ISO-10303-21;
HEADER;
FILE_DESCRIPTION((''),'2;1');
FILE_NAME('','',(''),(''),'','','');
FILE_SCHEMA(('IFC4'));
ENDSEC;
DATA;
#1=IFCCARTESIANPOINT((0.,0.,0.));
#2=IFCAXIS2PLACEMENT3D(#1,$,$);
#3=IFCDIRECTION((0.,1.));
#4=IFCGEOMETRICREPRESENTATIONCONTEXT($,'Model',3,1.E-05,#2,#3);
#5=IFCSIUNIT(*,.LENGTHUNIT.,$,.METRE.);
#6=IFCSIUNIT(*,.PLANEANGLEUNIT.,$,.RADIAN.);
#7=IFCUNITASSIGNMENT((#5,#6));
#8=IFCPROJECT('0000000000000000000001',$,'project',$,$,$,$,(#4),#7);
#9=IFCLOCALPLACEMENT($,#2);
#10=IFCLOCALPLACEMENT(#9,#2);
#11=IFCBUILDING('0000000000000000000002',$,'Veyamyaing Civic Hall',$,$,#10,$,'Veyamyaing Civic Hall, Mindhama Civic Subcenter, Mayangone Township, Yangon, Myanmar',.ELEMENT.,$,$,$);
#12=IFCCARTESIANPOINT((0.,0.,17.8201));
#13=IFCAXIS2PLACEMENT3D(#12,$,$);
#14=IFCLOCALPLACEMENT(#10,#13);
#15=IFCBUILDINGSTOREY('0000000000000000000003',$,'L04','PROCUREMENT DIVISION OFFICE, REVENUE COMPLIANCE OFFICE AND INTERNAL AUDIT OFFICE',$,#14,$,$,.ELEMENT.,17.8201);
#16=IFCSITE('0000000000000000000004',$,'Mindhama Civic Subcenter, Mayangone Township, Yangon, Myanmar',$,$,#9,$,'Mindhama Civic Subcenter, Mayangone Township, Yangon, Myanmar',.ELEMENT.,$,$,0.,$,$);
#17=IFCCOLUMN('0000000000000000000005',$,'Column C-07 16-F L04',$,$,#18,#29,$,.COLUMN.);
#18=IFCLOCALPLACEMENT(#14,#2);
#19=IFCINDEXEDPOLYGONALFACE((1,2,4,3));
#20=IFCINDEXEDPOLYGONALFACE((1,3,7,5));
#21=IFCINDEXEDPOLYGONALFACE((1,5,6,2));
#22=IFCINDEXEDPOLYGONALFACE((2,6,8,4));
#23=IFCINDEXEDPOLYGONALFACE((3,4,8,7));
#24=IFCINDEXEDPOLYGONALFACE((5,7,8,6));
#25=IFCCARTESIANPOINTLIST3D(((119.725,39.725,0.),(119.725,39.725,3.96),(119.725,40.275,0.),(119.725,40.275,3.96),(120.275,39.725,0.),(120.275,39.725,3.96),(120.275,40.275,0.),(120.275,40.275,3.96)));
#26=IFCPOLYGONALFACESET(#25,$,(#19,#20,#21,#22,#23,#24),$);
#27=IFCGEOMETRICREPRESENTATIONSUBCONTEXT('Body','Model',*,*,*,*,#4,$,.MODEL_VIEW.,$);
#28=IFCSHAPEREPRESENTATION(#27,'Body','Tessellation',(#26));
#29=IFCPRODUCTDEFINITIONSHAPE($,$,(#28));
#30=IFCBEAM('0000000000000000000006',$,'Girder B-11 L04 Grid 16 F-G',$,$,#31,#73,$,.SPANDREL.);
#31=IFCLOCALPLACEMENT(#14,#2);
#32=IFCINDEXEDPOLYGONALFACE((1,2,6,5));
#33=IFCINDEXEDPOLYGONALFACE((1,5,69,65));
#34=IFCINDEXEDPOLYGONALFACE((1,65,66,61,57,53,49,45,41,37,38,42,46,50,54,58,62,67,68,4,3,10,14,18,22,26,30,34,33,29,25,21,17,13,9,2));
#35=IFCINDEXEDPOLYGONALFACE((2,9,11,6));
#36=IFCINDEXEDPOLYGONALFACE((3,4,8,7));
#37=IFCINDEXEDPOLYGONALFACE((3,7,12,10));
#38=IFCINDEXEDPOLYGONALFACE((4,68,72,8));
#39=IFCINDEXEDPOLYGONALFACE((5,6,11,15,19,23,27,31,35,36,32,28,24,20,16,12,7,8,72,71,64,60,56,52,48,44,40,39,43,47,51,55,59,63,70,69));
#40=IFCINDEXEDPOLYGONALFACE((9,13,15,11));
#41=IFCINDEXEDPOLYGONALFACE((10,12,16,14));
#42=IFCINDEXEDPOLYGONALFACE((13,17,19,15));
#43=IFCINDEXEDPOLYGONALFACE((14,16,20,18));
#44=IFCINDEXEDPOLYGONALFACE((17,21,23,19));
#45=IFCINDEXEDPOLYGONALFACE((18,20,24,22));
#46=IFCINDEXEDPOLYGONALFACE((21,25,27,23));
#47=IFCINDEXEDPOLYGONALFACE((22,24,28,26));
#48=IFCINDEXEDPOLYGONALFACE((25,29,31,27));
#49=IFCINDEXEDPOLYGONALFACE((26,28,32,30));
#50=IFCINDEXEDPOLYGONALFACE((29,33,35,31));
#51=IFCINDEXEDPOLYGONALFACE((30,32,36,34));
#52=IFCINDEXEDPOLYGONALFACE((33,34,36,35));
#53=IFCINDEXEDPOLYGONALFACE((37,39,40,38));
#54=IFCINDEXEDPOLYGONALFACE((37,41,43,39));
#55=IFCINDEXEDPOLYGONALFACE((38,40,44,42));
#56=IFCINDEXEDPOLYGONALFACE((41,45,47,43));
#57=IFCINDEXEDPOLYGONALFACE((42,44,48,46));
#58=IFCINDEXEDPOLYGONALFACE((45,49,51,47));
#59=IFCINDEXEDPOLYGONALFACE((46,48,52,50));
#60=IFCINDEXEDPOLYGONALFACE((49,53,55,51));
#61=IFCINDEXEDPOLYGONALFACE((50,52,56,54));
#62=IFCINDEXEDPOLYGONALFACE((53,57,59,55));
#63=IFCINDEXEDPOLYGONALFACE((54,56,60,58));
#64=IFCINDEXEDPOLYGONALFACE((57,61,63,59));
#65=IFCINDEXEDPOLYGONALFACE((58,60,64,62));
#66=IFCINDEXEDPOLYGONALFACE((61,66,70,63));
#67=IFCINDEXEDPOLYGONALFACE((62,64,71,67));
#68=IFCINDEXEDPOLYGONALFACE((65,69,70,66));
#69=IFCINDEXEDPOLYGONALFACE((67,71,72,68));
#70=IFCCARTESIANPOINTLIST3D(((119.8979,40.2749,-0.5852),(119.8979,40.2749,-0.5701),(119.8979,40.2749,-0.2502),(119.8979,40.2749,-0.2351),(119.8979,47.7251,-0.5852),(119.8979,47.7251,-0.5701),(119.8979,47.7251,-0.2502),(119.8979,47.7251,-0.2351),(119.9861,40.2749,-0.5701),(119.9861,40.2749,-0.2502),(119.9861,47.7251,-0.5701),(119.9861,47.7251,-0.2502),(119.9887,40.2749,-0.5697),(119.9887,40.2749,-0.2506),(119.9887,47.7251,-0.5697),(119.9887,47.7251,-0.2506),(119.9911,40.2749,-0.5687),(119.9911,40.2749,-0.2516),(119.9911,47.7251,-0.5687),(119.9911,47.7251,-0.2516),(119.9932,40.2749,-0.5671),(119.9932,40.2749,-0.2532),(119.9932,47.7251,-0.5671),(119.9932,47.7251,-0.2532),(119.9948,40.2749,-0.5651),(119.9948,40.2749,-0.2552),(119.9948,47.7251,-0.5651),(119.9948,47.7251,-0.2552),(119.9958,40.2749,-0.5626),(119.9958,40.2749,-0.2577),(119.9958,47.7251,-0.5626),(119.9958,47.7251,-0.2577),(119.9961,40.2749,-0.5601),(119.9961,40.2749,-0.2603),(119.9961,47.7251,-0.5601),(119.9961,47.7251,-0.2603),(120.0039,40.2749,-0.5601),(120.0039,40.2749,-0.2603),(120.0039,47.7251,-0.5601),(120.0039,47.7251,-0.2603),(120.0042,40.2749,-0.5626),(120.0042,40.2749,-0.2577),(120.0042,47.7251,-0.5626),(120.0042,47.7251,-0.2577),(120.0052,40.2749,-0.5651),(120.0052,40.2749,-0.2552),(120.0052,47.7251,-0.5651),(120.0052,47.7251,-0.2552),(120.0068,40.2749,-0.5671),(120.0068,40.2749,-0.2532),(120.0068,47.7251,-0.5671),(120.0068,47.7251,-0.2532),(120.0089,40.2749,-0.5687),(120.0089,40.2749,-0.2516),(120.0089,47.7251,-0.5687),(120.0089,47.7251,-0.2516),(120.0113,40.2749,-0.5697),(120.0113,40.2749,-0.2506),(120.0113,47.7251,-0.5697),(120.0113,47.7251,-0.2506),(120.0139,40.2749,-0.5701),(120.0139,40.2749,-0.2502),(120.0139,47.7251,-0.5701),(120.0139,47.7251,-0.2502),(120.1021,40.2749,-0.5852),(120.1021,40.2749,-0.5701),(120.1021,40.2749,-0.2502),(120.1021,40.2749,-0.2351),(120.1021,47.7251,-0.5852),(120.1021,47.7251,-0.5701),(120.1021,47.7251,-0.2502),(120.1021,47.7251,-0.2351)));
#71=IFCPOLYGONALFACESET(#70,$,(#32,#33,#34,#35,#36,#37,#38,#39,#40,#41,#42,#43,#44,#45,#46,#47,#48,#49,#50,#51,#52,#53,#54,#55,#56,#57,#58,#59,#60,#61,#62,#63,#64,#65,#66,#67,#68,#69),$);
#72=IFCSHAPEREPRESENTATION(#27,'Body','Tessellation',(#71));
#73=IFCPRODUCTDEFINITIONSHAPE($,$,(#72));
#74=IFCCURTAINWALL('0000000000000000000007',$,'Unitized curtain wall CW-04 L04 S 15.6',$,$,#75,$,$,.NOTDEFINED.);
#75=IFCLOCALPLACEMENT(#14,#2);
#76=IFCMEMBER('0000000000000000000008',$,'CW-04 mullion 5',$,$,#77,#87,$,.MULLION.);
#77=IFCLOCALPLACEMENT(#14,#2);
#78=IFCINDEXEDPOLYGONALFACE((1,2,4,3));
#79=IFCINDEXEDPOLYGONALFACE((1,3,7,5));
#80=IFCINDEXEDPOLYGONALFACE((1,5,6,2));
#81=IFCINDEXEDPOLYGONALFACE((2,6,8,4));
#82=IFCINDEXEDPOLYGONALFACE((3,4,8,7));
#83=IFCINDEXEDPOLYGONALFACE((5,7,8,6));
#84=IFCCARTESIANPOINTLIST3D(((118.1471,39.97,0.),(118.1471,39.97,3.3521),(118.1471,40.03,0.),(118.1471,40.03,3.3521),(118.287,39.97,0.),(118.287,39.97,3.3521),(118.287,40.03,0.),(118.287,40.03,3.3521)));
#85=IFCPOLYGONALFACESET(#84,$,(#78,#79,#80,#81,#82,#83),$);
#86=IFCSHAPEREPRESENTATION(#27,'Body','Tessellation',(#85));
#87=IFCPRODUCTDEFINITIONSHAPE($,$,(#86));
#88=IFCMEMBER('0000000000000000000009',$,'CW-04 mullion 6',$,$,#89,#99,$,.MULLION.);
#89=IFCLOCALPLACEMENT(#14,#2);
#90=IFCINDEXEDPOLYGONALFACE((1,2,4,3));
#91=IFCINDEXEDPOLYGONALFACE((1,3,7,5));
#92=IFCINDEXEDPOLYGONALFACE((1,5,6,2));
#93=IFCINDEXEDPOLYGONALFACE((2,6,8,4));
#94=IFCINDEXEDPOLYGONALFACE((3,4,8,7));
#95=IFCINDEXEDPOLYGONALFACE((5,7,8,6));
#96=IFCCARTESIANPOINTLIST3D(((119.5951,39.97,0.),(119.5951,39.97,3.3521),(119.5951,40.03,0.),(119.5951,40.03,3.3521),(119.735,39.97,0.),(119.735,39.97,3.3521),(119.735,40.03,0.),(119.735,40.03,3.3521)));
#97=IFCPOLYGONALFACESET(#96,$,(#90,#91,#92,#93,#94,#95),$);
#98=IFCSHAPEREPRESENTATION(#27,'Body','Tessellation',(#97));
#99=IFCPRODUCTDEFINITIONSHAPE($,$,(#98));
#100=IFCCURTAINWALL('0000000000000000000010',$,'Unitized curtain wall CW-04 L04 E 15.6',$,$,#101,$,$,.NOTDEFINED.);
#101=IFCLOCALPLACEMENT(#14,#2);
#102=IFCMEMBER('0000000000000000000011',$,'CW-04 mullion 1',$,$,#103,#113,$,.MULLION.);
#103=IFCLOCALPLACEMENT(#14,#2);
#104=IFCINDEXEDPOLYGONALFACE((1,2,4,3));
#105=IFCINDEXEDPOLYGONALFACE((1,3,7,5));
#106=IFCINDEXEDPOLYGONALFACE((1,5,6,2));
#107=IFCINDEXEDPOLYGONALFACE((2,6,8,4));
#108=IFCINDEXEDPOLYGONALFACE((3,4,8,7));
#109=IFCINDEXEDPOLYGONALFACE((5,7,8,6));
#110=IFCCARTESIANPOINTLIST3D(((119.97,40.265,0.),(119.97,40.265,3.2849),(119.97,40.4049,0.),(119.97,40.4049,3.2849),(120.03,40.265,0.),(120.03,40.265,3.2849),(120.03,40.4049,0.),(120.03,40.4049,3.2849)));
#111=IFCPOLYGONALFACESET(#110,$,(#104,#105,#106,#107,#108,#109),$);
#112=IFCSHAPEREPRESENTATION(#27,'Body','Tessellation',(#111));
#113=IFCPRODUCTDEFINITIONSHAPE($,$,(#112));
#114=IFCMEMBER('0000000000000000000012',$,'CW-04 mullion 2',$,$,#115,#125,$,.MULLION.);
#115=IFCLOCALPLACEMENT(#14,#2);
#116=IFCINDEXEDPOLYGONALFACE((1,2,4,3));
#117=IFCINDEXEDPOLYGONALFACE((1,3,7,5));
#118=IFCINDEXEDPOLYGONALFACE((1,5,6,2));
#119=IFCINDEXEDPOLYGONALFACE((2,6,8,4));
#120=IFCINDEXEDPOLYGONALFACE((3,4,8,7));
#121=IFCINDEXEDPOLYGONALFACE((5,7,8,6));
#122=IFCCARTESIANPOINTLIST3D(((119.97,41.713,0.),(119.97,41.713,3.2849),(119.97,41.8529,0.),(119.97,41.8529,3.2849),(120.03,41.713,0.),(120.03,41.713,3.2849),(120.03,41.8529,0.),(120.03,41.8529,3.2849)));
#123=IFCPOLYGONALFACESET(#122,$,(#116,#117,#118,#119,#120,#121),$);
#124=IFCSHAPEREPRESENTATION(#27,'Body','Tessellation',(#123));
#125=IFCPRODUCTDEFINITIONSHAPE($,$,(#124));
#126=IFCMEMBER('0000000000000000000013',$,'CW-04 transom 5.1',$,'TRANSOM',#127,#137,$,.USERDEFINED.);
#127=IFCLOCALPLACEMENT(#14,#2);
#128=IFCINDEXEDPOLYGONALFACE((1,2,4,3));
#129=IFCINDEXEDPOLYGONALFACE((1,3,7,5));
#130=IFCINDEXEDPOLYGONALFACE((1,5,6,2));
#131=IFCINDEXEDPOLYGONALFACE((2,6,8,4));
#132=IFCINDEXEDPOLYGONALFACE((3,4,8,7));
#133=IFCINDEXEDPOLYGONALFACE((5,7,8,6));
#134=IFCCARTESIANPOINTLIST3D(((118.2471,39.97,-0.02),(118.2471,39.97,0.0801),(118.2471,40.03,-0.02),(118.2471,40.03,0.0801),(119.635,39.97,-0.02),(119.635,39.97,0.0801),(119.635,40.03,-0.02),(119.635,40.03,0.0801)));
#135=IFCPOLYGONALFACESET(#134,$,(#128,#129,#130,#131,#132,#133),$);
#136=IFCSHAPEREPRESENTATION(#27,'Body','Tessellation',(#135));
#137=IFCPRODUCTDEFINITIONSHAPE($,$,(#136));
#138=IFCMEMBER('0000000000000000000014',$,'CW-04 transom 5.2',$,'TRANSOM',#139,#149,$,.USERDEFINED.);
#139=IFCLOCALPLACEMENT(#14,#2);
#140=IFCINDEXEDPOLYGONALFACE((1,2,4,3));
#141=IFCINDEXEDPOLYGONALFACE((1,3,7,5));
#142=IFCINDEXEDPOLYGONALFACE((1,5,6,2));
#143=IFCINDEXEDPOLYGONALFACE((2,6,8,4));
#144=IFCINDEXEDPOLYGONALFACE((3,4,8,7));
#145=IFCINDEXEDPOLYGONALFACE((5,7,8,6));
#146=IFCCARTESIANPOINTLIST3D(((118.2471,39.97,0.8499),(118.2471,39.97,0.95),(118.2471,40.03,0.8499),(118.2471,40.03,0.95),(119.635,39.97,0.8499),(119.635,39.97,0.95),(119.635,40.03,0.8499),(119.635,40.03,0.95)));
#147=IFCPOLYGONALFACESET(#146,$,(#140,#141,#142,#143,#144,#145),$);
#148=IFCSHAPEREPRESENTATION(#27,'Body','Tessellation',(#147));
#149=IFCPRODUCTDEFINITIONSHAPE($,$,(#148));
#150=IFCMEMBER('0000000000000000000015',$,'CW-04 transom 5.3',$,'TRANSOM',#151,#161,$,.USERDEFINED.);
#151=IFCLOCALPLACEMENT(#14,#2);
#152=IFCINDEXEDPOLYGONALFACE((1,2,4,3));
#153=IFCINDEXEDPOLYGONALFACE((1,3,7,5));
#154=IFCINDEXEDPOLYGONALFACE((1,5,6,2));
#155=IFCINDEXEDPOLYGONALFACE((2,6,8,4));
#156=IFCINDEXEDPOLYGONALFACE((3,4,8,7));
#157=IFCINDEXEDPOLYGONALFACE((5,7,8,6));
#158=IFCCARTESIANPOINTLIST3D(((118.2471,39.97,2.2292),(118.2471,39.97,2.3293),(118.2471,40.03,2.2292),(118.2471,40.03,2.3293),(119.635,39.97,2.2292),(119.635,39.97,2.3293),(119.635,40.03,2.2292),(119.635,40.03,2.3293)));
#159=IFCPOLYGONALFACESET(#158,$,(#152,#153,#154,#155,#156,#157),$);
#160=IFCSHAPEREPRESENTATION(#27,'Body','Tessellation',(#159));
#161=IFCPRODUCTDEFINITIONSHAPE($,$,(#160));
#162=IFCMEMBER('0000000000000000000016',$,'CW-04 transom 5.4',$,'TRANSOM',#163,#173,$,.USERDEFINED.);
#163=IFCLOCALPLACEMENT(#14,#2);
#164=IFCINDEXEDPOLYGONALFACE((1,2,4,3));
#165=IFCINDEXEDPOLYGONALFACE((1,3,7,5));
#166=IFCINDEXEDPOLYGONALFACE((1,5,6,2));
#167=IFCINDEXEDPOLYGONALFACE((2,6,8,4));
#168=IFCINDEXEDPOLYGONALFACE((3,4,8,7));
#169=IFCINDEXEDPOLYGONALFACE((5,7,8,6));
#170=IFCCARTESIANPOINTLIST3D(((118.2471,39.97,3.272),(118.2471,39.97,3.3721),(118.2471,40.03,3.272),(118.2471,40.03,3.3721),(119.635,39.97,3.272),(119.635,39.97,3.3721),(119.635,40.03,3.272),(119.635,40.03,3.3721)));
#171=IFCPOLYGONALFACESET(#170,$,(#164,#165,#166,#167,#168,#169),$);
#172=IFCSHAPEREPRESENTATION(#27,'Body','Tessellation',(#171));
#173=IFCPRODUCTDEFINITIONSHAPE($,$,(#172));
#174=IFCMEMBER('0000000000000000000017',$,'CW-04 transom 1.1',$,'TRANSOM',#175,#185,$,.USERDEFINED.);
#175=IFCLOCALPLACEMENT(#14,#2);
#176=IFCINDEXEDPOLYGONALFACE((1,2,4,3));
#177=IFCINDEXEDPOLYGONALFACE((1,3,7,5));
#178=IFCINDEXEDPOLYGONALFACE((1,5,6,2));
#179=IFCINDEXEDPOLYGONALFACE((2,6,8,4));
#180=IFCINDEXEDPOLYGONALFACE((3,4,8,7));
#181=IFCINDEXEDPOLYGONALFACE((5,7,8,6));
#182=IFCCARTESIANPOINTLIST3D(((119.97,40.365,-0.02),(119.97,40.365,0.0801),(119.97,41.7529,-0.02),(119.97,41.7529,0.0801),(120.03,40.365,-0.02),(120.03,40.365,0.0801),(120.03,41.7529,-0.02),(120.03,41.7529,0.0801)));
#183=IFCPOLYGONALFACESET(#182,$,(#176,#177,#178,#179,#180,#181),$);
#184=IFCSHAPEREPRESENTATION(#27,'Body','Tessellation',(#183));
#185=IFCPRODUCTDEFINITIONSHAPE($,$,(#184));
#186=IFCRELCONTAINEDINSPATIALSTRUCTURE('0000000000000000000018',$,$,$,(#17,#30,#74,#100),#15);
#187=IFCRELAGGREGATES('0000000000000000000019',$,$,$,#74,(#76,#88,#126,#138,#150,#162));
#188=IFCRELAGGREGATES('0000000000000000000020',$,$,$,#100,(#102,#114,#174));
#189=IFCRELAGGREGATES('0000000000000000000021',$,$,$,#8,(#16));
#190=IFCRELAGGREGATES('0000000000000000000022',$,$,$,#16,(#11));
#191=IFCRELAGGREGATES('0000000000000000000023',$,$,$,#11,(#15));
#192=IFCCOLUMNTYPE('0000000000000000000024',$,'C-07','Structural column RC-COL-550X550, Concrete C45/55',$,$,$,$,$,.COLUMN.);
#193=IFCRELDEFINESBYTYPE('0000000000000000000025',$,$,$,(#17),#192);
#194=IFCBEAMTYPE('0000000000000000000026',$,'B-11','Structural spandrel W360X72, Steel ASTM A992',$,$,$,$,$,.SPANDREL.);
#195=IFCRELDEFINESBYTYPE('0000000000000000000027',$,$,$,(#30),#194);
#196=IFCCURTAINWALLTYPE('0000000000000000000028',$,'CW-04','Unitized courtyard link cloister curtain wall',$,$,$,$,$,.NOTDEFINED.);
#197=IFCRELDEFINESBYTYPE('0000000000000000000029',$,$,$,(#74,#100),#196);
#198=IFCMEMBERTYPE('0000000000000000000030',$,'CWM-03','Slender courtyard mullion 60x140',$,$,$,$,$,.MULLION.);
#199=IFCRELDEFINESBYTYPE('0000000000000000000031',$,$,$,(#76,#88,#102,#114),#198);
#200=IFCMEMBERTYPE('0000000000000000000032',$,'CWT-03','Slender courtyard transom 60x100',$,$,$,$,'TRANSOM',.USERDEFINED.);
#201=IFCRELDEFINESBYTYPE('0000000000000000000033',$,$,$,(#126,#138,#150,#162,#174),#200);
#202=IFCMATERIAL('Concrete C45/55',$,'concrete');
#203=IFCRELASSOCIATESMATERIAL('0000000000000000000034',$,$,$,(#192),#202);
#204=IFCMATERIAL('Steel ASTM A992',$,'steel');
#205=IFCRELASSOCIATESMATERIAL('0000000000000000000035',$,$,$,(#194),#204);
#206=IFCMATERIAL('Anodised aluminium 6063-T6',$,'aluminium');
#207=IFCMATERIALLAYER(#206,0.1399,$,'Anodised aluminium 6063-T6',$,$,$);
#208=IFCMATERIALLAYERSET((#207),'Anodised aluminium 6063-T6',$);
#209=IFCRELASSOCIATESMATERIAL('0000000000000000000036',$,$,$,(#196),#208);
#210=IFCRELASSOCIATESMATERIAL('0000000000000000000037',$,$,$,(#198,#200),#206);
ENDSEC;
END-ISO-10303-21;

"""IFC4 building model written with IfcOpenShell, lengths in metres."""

from ifc_helpers import new_model, si_unit, direction, frame, origin, origin_2d, place, context, subcontext, project, spatial, rectangle, i_section, extrude, material, layer, layer_set, material_profile, profile_set, type_object, element, aggregate, save


model = new_model("IFC4")

# Units and contexts
model_context = context("Model", 3, precision=1e-05, world=origin(), true_north=direction((0.0, 1.0)))
body_context = subcontext(model_context, "Body", "Model", "MODEL_VIEW")
ifc_project = project(units=[si_unit("LENGTHUNIT", "METRE"), si_unit("PLANEANGLEUNIT", "RADIAN")], contexts=[model_context])

# Site, building, storey
site_placement = place(None, origin())
site = spatial("IfcSite", under=ifc_project, at=site_placement, Name="Mindhama Civic Subcenter, Mayangone Township, Yangon, Myanmar", LongName="Mindhama Civic Subcenter, Mayangone Township, Yangon, Myanmar", CompositionType="ELEMENT", RefElevation=0.0)
building_placement = place(site_placement, origin())
building = spatial("IfcBuilding", under=site, at=building_placement, Name="Veyamyaing Civic Hall", LongName="Veyamyaing Civic Hall, Mindhama Civic Subcenter, Mayangone Township, Yangon, Myanmar", CompositionType="ELEMENT")
storey_placement = place(building_placement, frame((0.0, 0.0, 17.8201)))
storey = spatial("IfcBuildingStorey", under=building, at=storey_placement, Name="L04", Description="PROCUREMENT DIVISION OFFICE, REVENUE COMPLIANCE OFFICE AND INTERNAL AUDIT OFFICE", CompositionType="ELEMENT", Elevation=17.8201)

# Column
ifc_material_1 = material(Name="Concrete C45/55", Category="concrete")
ifc_material_profile_1 = material_profile(ifc_material_1, rectangle(XDim=0.55, YDim=0.55, at=origin_2d()), Name="RC-COL-550X550")
ifc_profile_set_1 = profile_set([ifc_material_profile_1], Name="Concrete C45/55")
column_type = type_object("IfcColumnType", Name="C-07", Description="Structural column RC-COL-550X550, Concrete C45/55", PredefinedType="COLUMN", material=ifc_profile_set_1)
column_placement = place(storey_placement, frame((120.0, 40.0, 0.0), z_axis=(0.0, 0.0, 1.0), x_axis=(1.0, 0.0, 0.0)))
element("IfcColumn", 1, at=column_placement, inside=storey, type_object=column_type, Name="Column C-07 16-F L04", PredefinedType="COLUMN", context=body_context, shape_type="SweptSolid", body=[
    extrude(rectangle(XDim=0.55, YDim=0.55, at=origin_2d()), origin(), (0.0, 0.0, 1.0), 3.96),
])

# Beam
ifc_material_2 = material(Name="Steel ASTM A992", Category="steel")
ifc_material_profile_2 = material_profile(ifc_material_2, i_section(OverallWidth=0.2041, OverallDepth=0.3501, WebThickness=0.0078, FlangeThickness=0.0151, FilletRadius=0.01, at=origin_2d()), Name="W360X72")
ifc_profile_set_2 = profile_set([ifc_material_profile_2], Name="Steel ASTM A992")
beam_type = type_object("IfcBeamType", Name="B-11", Description="Structural spandrel W360X72, Steel ASTM A992", PredefinedType="SPANDREL", material=ifc_profile_set_2)
beam_placement = place(storey_placement, frame((120.0, 40.2749, -0.4102), z_axis=(0.0, 1.0, 0.0), x_axis=(-1.0, 0.0, 0.0)))
element("IfcBeam", 2, at=beam_placement, inside=storey, type_object=beam_type, Name="Girder B-11 L04 Grid 16 F-G", PredefinedType="SPANDREL", context=body_context, shape_type="SweptSolid", body=[
    extrude(i_section(OverallWidth=0.2041, OverallDepth=0.3501, WebThickness=0.0078, FlangeThickness=0.0151, FilletRadius=0.01, at=origin_2d()), origin(), (0.0, 0.0, 1.0), 7.4502),
])

# Curtain walls, members
ifc_material_3 = material(Name="Anodised aluminium 6063-T6", Category="aluminium")
ifc_layer_1 = layer(ifc_material_3, 0.1399, Name="Anodised aluminium 6063-T6")
ifc_layer_set_1 = layer_set([ifc_layer_1], Name="Anodised aluminium 6063-T6")
curtain_wall_type = type_object("IfcCurtainWallType", Name="CW-04", Description="Unitized courtyard link cloister curtain wall", PredefinedType="NOTDEFINED", material=ifc_layer_set_1)
curtain_wall_1_placement = place(storey_placement, origin())
curtain_wall_1 = element("IfcCurtainWall", 3, at=curtain_wall_1_placement, inside=storey, type_object=curtain_wall_type, Name="Unitized curtain wall CW-04 L04 S 15.6", PredefinedType="NOTDEFINED")
ifc_material_profile_3 = material_profile(ifc_material_3, rectangle(XDim=0.0601, YDim=0.1399, at=origin_2d()), Name="ALU-MUL-60X140")
ifc_profile_set_3 = profile_set([ifc_material_profile_3], Name="Anodised aluminium 6063-T6")
member_type_1 = type_object("IfcMemberType", Name="CWM-03", Description="Slender courtyard mullion 60x140", PredefinedType="MULLION", material=ifc_profile_set_3)
member_1_placement = place(storey_placement, frame((118.217, 40.0, 0.0), z_axis=(0.0, 0.0, 1.0), x_axis=(0.0, 1.0, 0.0)))
member_1 = element("IfcMember", 4, at=member_1_placement, type_object=member_type_1, Name="CW-04 mullion 5", PredefinedType="MULLION", context=body_context, shape_type="SweptSolid", body=[
    extrude(rectangle(XDim=0.0601, YDim=0.1399, at=origin_2d()), origin(), (0.0, 0.0, 1.0), 3.3521),
])
member_2_placement = place(storey_placement, frame((119.665, 40.0, 0.0), z_axis=(0.0, 0.0, 1.0), x_axis=(0.0, 1.0, 0.0)))
member_2 = element("IfcMember", 5, at=member_2_placement, type_object=member_type_1, Name="CW-04 mullion 6", PredefinedType="MULLION", context=body_context, shape_type="SweptSolid", body=[
    extrude(rectangle(XDim=0.0601, YDim=0.1399, at=origin_2d()), origin(), (0.0, 0.0, 1.0), 3.3521),
])
curtain_wall_2_placement = place(storey_placement, origin())
curtain_wall_2 = element("IfcCurtainWall", 6, at=curtain_wall_2_placement, inside=storey, type_object=curtain_wall_type, Name="Unitized curtain wall CW-04 L04 E 15.6", PredefinedType="NOTDEFINED")
member_3_placement = place(storey_placement, frame((120.0, 40.335, 0.0), z_axis=(0.0, 0.0, 1.0), x_axis=(-1.0, 0.0, 0.0)))
member_3 = element("IfcMember", 7, at=member_3_placement, type_object=member_type_1, Name="CW-04 mullion 1", PredefinedType="MULLION", context=body_context, shape_type="SweptSolid", body=[
    extrude(rectangle(XDim=0.0601, YDim=0.1399, at=origin_2d()), origin(), (0.0, 0.0, 1.0), 3.2849),
])
member_4_placement = place(storey_placement, frame((120.0, 41.783, 0.0), z_axis=(0.0, 0.0, 1.0), x_axis=(-1.0, 0.0, 0.0)))
member_4 = element("IfcMember", 8, at=member_4_placement, type_object=member_type_1, Name="CW-04 mullion 2", PredefinedType="MULLION", context=body_context, shape_type="SweptSolid", body=[
    extrude(rectangle(XDim=0.0601, YDim=0.1399, at=origin_2d()), origin(), (0.0, 0.0, 1.0), 3.2849),
])

# Members
ifc_material_profile_4 = material_profile(ifc_material_3, rectangle(XDim=0.0601, YDim=0.1001, at=origin_2d()), Name="ALU-TRN-60X100")
ifc_profile_set_4 = profile_set([ifc_material_profile_4], Name="Anodised aluminium 6063-T6")
member_type_2 = type_object("IfcMemberType", Name="CWT-03", Description="Slender courtyard transom 60x100", ElementType="TRANSOM", PredefinedType="USERDEFINED", material=ifc_profile_set_4)
member_5_placement = place(storey_placement, frame((118.2471, 40.0, 0.03), z_axis=(1.0, 0.0, 0.0), x_axis=(0.0, 1.0, 0.0)))
member_5 = element("IfcMember", 9, at=member_5_placement, type_object=member_type_2, Name="CW-04 transom 5.1", ObjectType="TRANSOM", PredefinedType="USERDEFINED", context=body_context, shape_type="SweptSolid", body=[
    extrude(rectangle(XDim=0.0601, YDim=0.1001, at=origin_2d()), origin(), (0.0, 0.0, 1.0), 1.3879),
])
member_6_placement = place(storey_placement, frame((118.2471, 40.0, 0.8999), z_axis=(1.0, 0.0, 0.0), x_axis=(0.0, 1.0, 0.0)))
member_6 = element("IfcMember", 10, at=member_6_placement, type_object=member_type_2, Name="CW-04 transom 5.2", ObjectType="TRANSOM", PredefinedType="USERDEFINED", context=body_context, shape_type="SweptSolid", body=[
    extrude(rectangle(XDim=0.0601, YDim=0.1001, at=origin_2d()), origin(), (0.0, 0.0, 1.0), 1.3879),
])
member_7_placement = place(storey_placement, frame((118.2471, 40.0, 2.2793), z_axis=(1.0, 0.0, 0.0), x_axis=(0.0, 1.0, 0.0)))
member_7 = element("IfcMember", 11, at=member_7_placement, type_object=member_type_2, Name="CW-04 transom 5.3", ObjectType="TRANSOM", PredefinedType="USERDEFINED", context=body_context, shape_type="SweptSolid", body=[
    extrude(rectangle(XDim=0.0601, YDim=0.1001, at=origin_2d()), origin(), (0.0, 0.0, 1.0), 1.3879),
])
member_8_placement = place(storey_placement, frame((118.2471, 40.0, 3.322), z_axis=(1.0, 0.0, 0.0), x_axis=(0.0, 1.0, 0.0)))
member_8 = element("IfcMember", 12, at=member_8_placement, type_object=member_type_2, Name="CW-04 transom 5.4", ObjectType="TRANSOM", PredefinedType="USERDEFINED", context=body_context, shape_type="SweptSolid", body=[
    extrude(rectangle(XDim=0.0601, YDim=0.1001, at=origin_2d()), origin(), (0.0, 0.0, 1.0), 1.3879),
])
member_9_placement = place(storey_placement, frame((120.0, 40.365, 0.03), z_axis=(0.0, 1.0, 0.0), x_axis=(-1.0, 0.0, 0.0)))
member_9 = element("IfcMember", 13, at=member_9_placement, type_object=member_type_2, Name="CW-04 transom 1.1", ObjectType="TRANSOM", PredefinedType="USERDEFINED", context=body_context, shape_type="SweptSolid", body=[
    extrude(rectangle(XDim=0.0601, YDim=0.1001, at=origin_2d()), origin(), (0.0, 0.0, 1.0), 1.3879),
])

aggregate(curtain_wall_1, [member_1, member_2, member_5, member_6, member_7, member_8])
aggregate(curtain_wall_2, [member_3, member_4, member_9])

save(model, "model.ifc")
